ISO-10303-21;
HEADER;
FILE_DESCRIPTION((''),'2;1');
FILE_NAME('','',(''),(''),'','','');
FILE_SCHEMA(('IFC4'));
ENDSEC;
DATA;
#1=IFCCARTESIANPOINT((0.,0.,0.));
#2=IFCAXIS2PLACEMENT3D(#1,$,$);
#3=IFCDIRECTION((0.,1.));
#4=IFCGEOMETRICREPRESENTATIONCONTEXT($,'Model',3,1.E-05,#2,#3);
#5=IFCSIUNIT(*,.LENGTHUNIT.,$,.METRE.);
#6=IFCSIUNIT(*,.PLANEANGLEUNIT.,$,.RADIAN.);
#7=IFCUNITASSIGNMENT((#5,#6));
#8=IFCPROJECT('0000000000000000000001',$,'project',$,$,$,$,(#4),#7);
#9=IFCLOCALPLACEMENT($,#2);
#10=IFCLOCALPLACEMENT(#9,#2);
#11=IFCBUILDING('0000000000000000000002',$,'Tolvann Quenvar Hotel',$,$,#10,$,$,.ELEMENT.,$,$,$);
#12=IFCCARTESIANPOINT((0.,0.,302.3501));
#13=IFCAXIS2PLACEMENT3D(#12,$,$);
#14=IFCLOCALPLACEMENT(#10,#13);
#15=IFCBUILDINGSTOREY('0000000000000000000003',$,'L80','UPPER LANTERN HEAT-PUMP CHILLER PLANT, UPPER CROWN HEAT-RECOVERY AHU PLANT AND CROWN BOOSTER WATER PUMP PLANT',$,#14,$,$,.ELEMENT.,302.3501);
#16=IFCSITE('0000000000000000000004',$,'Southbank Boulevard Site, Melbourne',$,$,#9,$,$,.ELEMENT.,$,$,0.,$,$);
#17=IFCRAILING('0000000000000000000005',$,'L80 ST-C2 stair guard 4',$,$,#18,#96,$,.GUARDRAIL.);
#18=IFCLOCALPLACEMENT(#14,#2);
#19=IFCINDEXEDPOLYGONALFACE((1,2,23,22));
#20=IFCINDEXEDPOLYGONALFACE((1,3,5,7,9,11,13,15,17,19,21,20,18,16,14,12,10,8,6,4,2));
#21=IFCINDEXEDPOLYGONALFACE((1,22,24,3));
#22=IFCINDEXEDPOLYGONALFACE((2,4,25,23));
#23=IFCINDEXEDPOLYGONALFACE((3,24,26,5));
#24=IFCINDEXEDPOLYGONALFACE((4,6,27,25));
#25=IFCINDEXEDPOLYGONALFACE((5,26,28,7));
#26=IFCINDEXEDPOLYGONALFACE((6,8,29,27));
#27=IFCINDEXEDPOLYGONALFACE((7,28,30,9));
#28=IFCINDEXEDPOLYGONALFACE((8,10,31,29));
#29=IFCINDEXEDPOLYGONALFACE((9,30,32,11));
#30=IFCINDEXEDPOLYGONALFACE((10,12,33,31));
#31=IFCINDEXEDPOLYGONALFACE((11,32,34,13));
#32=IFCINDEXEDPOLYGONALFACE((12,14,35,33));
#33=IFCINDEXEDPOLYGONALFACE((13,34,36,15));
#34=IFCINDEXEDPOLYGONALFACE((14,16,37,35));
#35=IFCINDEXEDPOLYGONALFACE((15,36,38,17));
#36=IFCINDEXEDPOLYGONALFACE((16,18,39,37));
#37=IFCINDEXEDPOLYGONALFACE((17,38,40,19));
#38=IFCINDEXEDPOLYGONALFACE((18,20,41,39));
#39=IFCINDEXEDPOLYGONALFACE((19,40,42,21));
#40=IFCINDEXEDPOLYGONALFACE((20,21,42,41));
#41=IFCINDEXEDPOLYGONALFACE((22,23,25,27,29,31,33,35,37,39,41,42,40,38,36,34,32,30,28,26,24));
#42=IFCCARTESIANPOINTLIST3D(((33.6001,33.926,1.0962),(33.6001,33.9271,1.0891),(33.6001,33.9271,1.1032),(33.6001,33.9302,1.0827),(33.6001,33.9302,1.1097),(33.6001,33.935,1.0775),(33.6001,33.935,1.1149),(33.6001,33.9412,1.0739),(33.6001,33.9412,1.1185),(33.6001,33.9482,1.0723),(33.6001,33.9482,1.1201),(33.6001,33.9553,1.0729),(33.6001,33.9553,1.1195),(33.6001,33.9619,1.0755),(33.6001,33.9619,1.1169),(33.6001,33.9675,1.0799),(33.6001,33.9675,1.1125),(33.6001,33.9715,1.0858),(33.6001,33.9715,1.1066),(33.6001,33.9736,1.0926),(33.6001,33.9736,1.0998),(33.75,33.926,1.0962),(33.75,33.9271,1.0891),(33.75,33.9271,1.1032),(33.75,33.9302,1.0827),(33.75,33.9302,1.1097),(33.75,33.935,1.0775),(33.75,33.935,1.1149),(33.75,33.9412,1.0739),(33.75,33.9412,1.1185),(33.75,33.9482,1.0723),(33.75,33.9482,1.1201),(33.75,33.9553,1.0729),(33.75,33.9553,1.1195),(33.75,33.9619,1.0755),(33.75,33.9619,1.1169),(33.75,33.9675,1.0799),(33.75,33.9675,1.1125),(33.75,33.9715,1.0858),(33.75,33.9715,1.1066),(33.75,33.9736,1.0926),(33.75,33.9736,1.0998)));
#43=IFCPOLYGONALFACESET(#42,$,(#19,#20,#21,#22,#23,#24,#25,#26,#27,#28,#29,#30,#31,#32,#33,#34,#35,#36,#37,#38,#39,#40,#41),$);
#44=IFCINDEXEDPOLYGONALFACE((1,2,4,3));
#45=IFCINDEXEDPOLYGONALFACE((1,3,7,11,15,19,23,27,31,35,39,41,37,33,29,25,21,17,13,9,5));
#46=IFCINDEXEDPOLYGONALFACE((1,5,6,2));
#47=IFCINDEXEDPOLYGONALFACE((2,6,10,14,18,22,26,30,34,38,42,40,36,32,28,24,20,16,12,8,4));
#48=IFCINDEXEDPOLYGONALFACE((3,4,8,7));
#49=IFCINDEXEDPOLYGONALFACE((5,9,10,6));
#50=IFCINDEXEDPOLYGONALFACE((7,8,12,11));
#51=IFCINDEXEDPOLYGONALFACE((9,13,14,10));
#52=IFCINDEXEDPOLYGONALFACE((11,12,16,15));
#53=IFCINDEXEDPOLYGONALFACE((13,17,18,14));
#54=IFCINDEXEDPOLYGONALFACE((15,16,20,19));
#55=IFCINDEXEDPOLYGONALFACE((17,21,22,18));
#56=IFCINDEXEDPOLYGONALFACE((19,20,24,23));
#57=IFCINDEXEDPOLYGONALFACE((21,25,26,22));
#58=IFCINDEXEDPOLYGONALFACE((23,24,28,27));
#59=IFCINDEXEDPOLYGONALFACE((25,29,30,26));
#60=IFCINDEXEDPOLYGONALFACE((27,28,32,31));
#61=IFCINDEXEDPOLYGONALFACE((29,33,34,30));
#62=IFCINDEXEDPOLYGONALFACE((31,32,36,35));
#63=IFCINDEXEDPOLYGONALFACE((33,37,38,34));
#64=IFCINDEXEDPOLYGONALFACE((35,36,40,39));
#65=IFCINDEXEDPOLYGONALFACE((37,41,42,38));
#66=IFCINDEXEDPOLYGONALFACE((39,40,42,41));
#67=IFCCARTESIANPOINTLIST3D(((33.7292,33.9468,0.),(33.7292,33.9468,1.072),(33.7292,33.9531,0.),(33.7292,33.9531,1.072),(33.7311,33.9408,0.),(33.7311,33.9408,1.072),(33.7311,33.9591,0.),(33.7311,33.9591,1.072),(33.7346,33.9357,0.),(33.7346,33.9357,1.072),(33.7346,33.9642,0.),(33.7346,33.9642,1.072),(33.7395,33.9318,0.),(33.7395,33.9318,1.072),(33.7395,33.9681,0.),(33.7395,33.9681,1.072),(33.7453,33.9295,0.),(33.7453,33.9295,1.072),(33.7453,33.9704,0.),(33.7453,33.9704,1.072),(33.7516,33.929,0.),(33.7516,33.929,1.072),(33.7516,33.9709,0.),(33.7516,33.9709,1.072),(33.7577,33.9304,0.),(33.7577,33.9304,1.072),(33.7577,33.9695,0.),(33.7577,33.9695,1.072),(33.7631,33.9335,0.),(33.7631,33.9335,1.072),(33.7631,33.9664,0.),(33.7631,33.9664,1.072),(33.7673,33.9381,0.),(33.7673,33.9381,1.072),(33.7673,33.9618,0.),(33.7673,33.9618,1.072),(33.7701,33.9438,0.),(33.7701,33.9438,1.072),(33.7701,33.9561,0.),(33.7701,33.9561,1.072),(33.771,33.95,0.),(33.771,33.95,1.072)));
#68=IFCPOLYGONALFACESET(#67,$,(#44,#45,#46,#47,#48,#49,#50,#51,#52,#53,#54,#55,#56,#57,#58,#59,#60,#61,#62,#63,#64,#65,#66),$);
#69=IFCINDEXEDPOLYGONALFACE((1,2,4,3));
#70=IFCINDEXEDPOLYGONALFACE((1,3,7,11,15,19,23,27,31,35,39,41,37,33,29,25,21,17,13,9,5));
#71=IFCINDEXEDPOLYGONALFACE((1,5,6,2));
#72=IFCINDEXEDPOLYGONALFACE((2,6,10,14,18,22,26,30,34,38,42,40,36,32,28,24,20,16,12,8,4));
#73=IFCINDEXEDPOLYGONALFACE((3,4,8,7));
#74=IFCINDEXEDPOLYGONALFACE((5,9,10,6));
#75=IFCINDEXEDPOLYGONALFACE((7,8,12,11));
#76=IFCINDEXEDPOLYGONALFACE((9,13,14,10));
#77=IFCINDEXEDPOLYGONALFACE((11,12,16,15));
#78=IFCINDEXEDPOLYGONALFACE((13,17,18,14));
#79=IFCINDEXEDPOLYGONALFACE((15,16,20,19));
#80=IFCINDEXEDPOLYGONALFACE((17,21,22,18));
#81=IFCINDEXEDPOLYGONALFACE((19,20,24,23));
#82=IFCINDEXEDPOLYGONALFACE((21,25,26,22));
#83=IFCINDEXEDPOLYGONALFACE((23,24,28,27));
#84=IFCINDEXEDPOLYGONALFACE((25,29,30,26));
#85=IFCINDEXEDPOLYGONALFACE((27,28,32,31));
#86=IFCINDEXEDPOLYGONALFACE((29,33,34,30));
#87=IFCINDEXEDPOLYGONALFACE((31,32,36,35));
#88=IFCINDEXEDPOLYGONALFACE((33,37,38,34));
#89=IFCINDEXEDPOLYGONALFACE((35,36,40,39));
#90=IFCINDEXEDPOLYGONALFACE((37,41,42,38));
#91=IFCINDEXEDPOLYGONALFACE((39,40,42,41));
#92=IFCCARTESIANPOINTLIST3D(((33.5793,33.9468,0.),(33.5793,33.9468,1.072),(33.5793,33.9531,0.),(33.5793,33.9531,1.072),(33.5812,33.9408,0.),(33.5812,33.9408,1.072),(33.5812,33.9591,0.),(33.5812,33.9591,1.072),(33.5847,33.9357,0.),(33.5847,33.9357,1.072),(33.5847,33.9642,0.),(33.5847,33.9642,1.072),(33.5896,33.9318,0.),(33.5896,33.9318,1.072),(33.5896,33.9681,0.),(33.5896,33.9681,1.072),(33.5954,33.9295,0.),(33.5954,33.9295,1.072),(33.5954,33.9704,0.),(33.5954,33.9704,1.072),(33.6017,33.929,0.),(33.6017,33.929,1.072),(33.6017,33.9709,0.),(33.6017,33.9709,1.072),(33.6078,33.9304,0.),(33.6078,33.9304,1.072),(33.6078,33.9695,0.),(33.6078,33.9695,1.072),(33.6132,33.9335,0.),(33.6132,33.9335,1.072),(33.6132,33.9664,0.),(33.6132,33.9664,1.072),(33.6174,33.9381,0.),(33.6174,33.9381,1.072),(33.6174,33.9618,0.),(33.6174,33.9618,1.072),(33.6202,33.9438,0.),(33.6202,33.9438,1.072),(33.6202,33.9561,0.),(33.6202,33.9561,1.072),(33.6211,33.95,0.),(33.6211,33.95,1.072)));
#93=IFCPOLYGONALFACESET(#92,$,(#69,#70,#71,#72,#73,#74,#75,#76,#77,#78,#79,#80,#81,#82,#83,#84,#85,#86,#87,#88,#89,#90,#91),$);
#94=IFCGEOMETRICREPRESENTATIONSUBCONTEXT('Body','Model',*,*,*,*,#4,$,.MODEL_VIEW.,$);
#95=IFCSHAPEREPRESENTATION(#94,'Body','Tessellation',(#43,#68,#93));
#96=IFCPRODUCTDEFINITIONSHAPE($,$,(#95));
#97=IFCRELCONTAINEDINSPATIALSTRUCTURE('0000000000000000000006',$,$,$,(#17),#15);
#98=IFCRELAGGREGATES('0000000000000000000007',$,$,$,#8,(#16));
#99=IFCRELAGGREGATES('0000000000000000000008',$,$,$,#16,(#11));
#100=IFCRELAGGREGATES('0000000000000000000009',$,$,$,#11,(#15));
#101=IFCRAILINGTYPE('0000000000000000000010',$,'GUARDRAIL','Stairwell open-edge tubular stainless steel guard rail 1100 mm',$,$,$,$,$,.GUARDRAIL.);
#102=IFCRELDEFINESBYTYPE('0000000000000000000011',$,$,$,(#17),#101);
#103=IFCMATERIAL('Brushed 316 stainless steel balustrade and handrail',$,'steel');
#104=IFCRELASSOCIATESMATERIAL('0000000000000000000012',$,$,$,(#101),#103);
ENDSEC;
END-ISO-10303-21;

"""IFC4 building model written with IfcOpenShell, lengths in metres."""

from ifc_helpers import new_model, si_unit, direction, frame, origin, origin_2d, place, context, subcontext, project, spatial, circle, extrude, material, type_object, element, save


model = new_model("IFC4")

# Units and contexts
model_context = context("Model", 3, precision=1e-05, world=origin(), true_north=direction((0.0, 1.0)))
body_context = subcontext(model_context, "Body", "Model", "MODEL_VIEW")
ifc_project = project(units=[si_unit("LENGTHUNIT", "METRE"), si_unit("PLANEANGLEUNIT", "RADIAN")], contexts=[model_context])

# Site, building, storey
site_placement = place(None, origin())
site = spatial("IfcSite", under=ifc_project, at=site_placement, Name="Southbank Boulevard Site, Melbourne", CompositionType="ELEMENT", RefElevation=0.0)
building_placement = place(site_placement, origin())
building = spatial("IfcBuilding", under=site, at=building_placement, Name="Tolvann Quenvar Hotel", CompositionType="ELEMENT")
storey_placement = place(building_placement, frame((0.0, 0.0, 302.3501)))
storey = spatial("IfcBuildingStorey", under=building, at=storey_placement, Name="L80", Description="UPPER LANTERN HEAT-PUMP CHILLER PLANT, UPPER CROWN HEAT-RECOVERY AHU PLANT AND CROWN BOOSTER WATER PUMP PLANT", CompositionType="ELEMENT", Elevation=302.3501)

# Railing
ifc_material_1 = material(Name="Brushed 316 stainless steel balustrade and handrail", Category="steel")
railing_type_1 = type_object("IfcRailingType", Name="GUARDRAIL", Description="Stairwell open-edge tubular stainless steel guard rail 1100 mm", PredefinedType="GUARDRAIL", material=ifc_material_1)
railing_1_placement = place(storey_placement, frame((33.75, 33.95, 0.0)))
element("IfcRailing", 1, at=railing_1_placement, inside=storey, type_object=railing_type_1, Name="L80 ST-C2 stair guard 4", PredefinedType="GUARDRAIL", context=body_context, shape_type="SweptSolid", body=[
    extrude(circle(Radius=0.0239, at=origin_2d()), frame((0.0, 0.0, 1.0962), z_axis=(-1.0, 0.0, 0.0), x_axis=(0.0, -1.0, 0.0)), (0.0, 0.0, 1.0), 0.1499),
    extrude(circle(Radius=0.021, at=origin_2d()), origin(), (0.0, 0.0, 1.0), 1.072),
    extrude(circle(Radius=0.021, at=origin_2d()), frame((-0.1499, 0.0, 0.0)), (0.0, 0.0, 1.0), 1.072),
])

save(model, "model.ifc")
